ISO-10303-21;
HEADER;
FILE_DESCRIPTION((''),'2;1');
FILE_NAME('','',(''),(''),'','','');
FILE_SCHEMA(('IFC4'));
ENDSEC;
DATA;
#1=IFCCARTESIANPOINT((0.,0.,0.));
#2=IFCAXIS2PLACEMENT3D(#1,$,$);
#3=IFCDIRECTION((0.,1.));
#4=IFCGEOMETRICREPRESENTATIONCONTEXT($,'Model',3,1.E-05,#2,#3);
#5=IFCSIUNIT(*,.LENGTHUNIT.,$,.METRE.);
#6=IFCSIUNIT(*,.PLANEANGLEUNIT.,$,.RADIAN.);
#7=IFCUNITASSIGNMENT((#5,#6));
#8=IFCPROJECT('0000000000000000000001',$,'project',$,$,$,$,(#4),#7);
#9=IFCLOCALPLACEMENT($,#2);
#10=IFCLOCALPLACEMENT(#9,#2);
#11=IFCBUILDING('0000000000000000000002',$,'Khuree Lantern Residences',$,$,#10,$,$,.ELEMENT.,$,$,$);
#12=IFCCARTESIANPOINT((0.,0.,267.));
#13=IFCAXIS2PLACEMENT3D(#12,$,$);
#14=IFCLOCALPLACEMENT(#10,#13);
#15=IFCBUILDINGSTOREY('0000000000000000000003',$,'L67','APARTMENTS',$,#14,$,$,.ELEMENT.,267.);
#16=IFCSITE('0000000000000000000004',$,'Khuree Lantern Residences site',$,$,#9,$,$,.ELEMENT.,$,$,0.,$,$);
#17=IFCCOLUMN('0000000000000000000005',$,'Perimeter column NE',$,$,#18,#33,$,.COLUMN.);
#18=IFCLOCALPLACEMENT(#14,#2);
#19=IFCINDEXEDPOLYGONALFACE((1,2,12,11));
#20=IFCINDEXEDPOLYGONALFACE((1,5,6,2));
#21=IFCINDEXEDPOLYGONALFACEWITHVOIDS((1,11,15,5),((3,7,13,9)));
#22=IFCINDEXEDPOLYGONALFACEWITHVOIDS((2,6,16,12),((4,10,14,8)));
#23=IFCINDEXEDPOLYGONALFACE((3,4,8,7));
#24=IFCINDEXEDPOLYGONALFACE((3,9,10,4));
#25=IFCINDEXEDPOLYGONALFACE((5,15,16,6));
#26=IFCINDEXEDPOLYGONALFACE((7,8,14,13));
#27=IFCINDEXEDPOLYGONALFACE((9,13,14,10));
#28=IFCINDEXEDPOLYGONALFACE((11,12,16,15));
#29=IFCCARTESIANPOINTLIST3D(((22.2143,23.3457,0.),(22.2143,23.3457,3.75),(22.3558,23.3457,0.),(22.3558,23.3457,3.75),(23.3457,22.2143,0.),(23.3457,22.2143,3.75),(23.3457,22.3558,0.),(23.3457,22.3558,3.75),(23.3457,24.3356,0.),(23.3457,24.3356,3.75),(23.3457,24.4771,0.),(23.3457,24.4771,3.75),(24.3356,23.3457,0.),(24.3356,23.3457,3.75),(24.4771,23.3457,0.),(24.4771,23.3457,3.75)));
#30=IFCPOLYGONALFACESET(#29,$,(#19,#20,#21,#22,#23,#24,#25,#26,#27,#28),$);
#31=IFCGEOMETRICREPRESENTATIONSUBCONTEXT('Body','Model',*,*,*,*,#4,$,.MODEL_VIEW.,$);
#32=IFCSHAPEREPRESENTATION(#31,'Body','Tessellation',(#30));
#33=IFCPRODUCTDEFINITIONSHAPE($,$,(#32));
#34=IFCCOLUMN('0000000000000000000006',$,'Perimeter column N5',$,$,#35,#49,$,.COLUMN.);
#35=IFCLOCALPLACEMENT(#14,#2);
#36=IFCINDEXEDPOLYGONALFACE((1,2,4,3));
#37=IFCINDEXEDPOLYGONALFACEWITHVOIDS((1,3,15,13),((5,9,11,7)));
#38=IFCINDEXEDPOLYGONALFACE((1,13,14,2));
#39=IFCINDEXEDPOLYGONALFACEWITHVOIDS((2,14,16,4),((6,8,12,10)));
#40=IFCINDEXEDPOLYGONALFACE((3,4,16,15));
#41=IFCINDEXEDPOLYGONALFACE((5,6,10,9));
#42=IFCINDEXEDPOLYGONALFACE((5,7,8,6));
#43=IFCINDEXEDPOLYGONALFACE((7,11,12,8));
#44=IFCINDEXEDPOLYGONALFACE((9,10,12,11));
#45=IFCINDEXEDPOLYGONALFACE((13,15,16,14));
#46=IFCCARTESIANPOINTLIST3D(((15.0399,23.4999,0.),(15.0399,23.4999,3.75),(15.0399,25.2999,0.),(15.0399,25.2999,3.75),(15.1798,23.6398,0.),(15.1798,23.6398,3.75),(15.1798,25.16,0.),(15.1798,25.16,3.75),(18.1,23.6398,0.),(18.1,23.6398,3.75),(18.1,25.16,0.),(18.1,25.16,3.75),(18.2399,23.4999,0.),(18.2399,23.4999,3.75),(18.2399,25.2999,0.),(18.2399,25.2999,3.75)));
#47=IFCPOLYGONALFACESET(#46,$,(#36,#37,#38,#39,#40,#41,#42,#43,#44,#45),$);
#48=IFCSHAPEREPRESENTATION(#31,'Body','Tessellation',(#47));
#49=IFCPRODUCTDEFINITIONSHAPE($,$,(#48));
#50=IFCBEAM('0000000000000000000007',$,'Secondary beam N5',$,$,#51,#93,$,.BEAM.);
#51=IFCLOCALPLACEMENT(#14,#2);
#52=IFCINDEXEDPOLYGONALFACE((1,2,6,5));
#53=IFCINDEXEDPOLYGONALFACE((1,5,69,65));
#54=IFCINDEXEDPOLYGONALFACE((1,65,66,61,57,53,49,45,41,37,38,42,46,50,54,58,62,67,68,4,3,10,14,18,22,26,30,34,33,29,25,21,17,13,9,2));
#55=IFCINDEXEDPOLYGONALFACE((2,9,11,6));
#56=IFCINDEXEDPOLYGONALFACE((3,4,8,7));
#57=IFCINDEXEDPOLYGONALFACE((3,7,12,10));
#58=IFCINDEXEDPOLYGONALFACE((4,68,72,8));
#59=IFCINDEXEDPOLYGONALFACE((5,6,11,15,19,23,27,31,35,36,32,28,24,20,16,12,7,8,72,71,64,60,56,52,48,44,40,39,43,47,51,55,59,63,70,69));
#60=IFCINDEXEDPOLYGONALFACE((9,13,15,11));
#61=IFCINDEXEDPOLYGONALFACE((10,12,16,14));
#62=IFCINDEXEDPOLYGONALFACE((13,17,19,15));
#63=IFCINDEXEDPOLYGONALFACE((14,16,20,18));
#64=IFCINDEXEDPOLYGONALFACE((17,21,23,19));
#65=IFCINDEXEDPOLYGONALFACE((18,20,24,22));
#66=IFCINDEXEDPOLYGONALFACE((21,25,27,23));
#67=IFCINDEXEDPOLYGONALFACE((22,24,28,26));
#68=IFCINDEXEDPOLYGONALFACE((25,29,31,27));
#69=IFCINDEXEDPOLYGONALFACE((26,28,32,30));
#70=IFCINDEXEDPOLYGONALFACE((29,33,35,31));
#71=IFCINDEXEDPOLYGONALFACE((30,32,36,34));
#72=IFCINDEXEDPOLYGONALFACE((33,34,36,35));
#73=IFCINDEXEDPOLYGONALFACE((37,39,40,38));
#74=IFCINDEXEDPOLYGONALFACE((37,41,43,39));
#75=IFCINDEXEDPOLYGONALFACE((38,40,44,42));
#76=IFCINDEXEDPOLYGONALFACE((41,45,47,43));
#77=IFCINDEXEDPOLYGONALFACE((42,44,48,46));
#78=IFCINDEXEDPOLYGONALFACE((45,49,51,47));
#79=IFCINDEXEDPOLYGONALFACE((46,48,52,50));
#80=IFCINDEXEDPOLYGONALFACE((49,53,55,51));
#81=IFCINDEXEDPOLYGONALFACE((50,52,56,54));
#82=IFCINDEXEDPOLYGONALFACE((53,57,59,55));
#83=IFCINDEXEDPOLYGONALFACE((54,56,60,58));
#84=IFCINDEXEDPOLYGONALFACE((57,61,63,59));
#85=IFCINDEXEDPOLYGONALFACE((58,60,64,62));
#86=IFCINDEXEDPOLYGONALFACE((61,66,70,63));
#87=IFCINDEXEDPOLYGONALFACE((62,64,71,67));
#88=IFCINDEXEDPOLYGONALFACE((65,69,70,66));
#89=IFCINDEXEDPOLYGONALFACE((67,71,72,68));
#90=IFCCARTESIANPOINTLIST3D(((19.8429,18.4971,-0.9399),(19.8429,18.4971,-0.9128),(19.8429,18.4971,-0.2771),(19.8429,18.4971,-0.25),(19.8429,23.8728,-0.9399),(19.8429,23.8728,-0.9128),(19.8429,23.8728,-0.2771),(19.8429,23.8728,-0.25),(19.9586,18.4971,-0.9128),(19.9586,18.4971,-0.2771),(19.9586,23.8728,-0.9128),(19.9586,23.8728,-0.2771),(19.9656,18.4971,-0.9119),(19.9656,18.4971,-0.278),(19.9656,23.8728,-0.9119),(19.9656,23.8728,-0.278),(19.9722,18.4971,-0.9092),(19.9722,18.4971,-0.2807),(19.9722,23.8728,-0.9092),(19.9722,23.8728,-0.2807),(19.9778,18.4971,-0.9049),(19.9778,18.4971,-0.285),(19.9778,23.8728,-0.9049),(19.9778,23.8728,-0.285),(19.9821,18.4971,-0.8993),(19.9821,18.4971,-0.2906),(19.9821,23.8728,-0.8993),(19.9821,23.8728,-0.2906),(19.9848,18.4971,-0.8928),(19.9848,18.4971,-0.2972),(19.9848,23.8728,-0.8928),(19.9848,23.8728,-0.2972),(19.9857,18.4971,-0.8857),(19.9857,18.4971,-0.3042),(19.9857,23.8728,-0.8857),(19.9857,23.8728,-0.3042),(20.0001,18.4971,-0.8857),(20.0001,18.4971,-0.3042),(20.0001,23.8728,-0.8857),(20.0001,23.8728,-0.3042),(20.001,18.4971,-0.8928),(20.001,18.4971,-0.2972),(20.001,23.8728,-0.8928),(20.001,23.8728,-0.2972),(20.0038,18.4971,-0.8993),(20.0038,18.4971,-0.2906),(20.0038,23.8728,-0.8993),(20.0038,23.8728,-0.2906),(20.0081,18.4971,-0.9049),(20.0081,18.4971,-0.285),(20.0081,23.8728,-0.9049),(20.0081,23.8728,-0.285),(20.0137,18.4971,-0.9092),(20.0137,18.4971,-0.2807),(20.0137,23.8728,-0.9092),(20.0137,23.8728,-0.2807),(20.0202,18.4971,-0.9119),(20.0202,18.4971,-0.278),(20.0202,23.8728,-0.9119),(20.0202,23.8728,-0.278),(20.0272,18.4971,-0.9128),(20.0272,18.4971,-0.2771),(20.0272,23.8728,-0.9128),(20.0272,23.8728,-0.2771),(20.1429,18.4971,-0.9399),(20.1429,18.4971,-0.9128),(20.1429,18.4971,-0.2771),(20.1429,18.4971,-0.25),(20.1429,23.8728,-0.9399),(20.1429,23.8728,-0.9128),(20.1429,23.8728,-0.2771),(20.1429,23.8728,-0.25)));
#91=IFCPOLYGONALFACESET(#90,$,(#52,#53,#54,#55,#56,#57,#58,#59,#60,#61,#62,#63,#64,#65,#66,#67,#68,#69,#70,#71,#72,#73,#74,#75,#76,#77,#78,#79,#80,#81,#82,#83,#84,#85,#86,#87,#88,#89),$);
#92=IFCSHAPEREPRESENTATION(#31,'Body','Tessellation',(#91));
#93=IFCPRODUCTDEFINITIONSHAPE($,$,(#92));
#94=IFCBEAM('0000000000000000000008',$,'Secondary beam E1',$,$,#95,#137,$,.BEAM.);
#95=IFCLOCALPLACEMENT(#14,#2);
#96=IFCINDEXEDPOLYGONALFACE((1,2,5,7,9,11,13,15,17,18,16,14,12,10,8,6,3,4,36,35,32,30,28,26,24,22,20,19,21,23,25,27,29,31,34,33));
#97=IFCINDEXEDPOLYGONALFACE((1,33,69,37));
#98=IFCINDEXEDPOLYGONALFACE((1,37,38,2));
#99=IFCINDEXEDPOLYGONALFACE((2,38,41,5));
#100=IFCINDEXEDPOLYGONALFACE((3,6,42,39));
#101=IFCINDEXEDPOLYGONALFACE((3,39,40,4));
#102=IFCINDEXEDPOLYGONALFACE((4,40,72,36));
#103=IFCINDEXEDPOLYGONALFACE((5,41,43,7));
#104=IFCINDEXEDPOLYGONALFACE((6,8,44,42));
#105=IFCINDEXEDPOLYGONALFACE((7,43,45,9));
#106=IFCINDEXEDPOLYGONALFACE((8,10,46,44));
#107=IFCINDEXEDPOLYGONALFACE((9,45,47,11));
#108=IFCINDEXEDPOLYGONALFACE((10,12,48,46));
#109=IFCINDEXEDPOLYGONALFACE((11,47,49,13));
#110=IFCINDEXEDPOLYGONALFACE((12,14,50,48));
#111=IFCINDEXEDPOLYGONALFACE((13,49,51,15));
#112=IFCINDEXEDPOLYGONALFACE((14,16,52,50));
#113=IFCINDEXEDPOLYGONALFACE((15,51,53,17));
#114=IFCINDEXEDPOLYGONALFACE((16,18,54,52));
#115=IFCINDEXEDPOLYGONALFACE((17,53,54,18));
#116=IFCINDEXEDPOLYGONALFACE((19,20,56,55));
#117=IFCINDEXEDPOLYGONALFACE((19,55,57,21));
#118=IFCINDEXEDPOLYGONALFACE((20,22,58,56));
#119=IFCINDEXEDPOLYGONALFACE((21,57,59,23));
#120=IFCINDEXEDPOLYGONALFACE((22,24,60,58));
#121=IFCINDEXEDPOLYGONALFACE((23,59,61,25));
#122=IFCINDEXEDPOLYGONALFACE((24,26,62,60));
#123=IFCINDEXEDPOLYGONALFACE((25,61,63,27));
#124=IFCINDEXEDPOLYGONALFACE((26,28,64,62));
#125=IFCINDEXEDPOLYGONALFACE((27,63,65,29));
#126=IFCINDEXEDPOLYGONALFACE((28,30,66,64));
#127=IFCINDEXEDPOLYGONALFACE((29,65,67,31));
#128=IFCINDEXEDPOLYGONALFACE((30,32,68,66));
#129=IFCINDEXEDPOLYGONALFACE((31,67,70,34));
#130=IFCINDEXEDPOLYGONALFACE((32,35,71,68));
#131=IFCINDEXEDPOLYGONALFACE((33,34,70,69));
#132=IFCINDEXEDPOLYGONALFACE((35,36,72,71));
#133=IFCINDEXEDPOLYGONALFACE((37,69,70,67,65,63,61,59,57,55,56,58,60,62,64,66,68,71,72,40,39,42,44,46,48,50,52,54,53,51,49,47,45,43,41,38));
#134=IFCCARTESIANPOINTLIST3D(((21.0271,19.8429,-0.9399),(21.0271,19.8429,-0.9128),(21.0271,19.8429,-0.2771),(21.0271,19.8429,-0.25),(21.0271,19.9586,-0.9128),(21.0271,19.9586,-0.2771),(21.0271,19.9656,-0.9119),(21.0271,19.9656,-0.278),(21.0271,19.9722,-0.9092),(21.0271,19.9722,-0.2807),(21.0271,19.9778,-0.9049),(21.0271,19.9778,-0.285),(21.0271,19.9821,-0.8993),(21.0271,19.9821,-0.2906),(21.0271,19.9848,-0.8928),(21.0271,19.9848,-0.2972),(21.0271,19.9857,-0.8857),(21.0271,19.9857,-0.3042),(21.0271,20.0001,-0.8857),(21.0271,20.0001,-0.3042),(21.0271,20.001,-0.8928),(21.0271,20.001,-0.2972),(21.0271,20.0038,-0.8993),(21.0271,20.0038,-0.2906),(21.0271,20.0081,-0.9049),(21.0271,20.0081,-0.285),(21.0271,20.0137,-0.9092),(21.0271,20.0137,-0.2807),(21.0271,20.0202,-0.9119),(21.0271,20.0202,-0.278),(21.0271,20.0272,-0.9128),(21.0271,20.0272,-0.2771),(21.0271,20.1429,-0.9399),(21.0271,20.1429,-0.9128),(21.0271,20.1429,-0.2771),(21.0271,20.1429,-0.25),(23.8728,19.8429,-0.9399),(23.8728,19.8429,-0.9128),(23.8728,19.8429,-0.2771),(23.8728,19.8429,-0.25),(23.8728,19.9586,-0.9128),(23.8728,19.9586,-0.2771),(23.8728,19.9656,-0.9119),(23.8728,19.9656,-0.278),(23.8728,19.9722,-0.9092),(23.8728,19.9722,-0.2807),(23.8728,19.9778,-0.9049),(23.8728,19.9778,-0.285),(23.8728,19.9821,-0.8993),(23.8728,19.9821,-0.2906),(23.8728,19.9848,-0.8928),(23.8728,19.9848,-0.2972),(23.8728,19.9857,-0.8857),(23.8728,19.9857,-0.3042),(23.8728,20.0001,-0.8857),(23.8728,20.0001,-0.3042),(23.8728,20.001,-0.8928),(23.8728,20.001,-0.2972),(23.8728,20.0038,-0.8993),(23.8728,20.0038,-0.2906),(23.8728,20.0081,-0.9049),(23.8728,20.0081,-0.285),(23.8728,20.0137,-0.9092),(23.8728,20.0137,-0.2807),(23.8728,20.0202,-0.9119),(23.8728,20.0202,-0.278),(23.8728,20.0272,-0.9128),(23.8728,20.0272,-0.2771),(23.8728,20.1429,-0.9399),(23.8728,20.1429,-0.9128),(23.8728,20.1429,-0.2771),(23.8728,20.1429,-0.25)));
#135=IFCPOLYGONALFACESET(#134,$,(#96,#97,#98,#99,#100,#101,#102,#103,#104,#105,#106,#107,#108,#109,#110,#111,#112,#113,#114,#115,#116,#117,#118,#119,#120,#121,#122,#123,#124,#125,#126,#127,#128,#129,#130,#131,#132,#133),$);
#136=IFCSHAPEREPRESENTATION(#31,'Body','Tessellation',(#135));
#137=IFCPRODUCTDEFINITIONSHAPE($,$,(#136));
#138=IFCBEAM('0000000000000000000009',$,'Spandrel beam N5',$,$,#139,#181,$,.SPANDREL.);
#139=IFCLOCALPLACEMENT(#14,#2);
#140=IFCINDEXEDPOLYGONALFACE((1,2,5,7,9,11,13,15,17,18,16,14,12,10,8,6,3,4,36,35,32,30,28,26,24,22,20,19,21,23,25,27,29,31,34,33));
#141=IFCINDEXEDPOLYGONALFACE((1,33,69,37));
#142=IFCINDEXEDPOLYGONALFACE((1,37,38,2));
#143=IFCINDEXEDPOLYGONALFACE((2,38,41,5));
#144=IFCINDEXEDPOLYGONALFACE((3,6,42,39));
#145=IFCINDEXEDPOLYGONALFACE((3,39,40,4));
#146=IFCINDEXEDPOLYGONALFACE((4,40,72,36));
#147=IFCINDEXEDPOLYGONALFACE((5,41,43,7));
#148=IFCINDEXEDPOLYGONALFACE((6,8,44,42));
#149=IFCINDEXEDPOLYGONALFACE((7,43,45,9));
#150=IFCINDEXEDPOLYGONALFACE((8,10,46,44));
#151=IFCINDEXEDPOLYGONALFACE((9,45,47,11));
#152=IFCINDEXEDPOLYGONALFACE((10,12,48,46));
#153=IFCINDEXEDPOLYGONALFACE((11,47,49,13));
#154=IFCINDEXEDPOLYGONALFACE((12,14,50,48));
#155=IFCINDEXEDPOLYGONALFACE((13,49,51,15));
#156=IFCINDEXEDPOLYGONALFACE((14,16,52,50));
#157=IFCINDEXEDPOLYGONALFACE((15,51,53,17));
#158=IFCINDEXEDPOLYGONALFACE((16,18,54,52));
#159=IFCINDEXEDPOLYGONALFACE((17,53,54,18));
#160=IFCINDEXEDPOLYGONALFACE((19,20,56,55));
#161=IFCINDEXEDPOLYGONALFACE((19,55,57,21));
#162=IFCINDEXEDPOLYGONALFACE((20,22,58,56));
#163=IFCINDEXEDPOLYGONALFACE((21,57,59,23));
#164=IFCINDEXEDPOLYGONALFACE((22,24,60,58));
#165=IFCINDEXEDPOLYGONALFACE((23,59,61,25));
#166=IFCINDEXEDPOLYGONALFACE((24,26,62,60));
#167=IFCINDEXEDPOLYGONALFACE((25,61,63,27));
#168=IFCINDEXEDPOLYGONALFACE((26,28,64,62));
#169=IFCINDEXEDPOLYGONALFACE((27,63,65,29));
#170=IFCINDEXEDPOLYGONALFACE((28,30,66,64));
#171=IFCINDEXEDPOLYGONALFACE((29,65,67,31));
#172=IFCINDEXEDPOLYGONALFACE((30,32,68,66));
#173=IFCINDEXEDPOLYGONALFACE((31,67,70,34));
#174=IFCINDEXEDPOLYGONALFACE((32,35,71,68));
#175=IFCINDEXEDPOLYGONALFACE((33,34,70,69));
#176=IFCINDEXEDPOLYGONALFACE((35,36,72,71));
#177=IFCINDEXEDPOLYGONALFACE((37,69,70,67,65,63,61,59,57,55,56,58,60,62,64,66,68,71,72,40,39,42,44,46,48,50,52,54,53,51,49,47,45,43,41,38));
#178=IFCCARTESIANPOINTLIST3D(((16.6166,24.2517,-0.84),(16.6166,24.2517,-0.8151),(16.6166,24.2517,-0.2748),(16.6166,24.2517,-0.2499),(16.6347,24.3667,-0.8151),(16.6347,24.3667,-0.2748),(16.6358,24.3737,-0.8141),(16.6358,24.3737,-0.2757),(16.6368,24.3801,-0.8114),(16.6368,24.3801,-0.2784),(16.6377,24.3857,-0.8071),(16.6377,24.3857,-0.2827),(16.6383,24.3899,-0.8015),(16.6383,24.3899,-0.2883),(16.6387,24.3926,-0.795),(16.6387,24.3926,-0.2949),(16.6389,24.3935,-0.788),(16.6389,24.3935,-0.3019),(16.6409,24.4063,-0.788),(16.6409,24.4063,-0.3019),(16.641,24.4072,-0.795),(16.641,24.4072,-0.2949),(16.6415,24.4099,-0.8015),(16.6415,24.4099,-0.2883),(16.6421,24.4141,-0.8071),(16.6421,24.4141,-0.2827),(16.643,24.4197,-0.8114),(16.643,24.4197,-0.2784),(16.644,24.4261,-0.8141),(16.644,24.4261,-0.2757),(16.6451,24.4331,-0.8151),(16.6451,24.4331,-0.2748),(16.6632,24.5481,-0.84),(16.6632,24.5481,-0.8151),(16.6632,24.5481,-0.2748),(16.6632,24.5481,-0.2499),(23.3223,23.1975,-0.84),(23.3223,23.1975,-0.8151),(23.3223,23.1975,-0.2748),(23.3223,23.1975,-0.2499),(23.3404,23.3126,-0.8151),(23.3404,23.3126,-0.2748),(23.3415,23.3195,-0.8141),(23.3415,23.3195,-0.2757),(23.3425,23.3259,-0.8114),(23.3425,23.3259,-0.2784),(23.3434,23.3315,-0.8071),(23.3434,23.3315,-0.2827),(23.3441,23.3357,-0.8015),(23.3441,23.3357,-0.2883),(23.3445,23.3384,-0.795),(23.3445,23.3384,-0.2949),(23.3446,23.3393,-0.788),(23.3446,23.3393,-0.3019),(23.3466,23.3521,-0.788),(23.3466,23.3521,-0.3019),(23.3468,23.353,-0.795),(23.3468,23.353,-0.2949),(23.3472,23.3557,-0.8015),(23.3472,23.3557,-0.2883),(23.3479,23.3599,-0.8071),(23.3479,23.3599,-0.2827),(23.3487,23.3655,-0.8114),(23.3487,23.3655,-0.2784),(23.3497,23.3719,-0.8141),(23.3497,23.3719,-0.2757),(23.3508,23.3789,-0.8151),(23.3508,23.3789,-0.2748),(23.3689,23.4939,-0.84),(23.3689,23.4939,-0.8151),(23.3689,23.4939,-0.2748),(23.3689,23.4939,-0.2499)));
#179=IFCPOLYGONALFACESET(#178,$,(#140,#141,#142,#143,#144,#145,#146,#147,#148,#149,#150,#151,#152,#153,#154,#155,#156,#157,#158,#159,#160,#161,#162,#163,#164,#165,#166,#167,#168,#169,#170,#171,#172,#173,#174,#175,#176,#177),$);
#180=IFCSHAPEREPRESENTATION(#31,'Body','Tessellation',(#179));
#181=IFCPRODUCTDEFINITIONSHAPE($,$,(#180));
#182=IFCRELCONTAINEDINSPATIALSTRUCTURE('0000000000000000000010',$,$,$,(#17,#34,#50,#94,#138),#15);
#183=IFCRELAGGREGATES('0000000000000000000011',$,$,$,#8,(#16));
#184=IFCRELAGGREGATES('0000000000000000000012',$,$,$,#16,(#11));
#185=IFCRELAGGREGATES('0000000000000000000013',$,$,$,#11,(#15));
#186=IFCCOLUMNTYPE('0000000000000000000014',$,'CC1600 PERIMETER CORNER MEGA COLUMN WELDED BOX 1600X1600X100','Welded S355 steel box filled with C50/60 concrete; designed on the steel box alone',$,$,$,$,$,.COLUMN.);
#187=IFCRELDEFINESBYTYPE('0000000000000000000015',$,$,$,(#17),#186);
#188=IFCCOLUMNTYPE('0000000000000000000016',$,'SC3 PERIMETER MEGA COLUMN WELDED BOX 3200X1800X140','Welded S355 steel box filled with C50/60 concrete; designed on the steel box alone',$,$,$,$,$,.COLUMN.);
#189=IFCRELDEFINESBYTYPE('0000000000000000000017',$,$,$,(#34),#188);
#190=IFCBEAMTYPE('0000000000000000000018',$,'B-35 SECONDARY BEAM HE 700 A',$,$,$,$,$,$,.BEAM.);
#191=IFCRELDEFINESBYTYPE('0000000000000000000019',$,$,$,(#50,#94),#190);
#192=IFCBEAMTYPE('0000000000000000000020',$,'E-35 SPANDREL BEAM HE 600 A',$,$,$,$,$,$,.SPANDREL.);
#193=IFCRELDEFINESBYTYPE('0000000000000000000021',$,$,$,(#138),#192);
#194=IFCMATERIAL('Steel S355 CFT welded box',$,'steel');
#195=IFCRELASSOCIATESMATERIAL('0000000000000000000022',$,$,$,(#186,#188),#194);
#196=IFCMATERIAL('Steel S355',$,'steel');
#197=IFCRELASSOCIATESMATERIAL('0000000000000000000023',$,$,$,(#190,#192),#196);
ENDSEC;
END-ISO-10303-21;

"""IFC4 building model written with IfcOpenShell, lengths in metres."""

from ifc_helpers import new_model, si_unit, direction, frame, origin, origin_2d, place, context, subcontext, project, spatial, hollow_rectangle, i_section, extrude, material, material_profile, profile_set, type_object, element, save


model = new_model("IFC4")

# Units and contexts
model_context = context("Model", 3, precision=1e-05, world=origin(), true_north=direction((0.0, 1.0)))
body_context = subcontext(model_context, "Body", "Model", "MODEL_VIEW")
ifc_project = project(units=[si_unit("LENGTHUNIT", "METRE"), si_unit("PLANEANGLEUNIT", "RADIAN")], contexts=[model_context])

# Site, building, storey
site_placement = place(None, origin())
site = spatial("IfcSite", under=ifc_project, at=site_placement, Name="Khuree Lantern Residences site", CompositionType="ELEMENT", RefElevation=0.0)
building_placement = place(site_placement, origin())
building = spatial("IfcBuilding", under=site, at=building_placement, Name="Khuree Lantern Residences", CompositionType="ELEMENT")
storey_placement = place(building_placement, frame((0.0, 0.0, 267.0)))
storey = spatial("IfcBuildingStorey", under=building, at=storey_placement, Name="L67", Description="APARTMENTS", CompositionType="ELEMENT", Elevation=267.0)

# Columns
ifc_material_1 = material(Name="Steel S355 CFT welded box", Category="steel")
ifc_material_profile_1 = material_profile(ifc_material_1, hollow_rectangle(XDim=1.6001, YDim=1.6001, WallThickness=0.1001, at=origin_2d()), Name="WELDED BOX 1600X1600X100")
ifc_profile_set_1 = profile_set([ifc_material_profile_1], Name="Steel S355 CFT welded box")
column_type_1 = type_object("IfcColumnType", Name="CC1600 PERIMETER CORNER MEGA COLUMN WELDED BOX 1600X1600X100", Description="Welded S355 steel box filled with C50/60 concrete; designed on the steel box alone", PredefinedType="COLUMN", material=ifc_profile_set_1)
column_1_placement = place(storey_placement, frame((23.3457, 23.3457, 0.0), z_axis=(0.0, 0.0, 1.0), x_axis=(0.707107, -0.707107, 0.0)))
element("IfcColumn", 1, at=column_1_placement, inside=storey, type_object=column_type_1, Name="Perimeter column NE", PredefinedType="COLUMN", context=body_context, shape_type="SweptSolid", body=[
    extrude(hollow_rectangle(XDim=1.6001, YDim=1.6001, WallThickness=0.1001, at=origin_2d()), origin(), (0.0, 0.0, 1.0), 3.75),
])
ifc_material_profile_2 = material_profile(ifc_material_1, hollow_rectangle(XDim=3.2, YDim=1.8, WallThickness=0.1399, at=origin_2d()), Name="WELDED BOX 3200X1800X140")
ifc_profile_set_2 = profile_set([ifc_material_profile_2], Name="Steel S355 CFT welded box")
column_type_2 = type_object("IfcColumnType", Name="SC3 PERIMETER MEGA COLUMN WELDED BOX 3200X1800X140", Description="Welded S355 steel box filled with C50/60 concrete; designed on the steel box alone", PredefinedType="COLUMN", material=ifc_profile_set_2)
column_2_placement = place(storey_placement, frame((16.6399, 24.3999, 0.0), z_axis=(0.0, 0.0, 1.0), x_axis=(1.0, 0.0, 0.0)))
element("IfcColumn", 2, at=column_2_placement, inside=storey, type_object=column_type_2, Name="Perimeter column N5", PredefinedType="COLUMN", context=body_context, shape_type="SweptSolid", body=[
    extrude(hollow_rectangle(XDim=3.2, YDim=1.8, WallThickness=0.1399, at=origin_2d()), origin(), (0.0, 0.0, 1.0), 3.75),
])

# Beams
ifc_material_2 = material(Name="Steel S355", Category="steel")
ifc_material_profile_3 = material_profile(ifc_material_2, i_section(OverallWidth=0.3, OverallDepth=0.6899, WebThickness=0.0144, FlangeThickness=0.0271, FilletRadius=0.0271, at=origin_2d()), Name="HE 700 A")
ifc_profile_set_3 = profile_set([ifc_material_profile_3], Name="Steel S355")
beam_type_1 = type_object("IfcBeamType", Name="B-35 SECONDARY BEAM HE 700 A", PredefinedType="BEAM", material=ifc_profile_set_3)
beam_1_placement = place(storey_placement, frame((19.9929, 23.8728, -0.595), z_axis=(0.0, -1.0, 0.0), x_axis=(1.0, 0.0, 0.0)))
element("IfcBeam", 3, at=beam_1_placement, inside=storey, type_object=beam_type_1, Name="Secondary beam N5", PredefinedType="BEAM", context=body_context, shape_type="SweptSolid", body=[
    extrude(i_section(OverallWidth=0.3, OverallDepth=0.6899, WebThickness=0.0144, FlangeThickness=0.0271, FilletRadius=0.0271, at=origin_2d()), origin(), (0.0, 0.0, 1.0), 5.3757),
])
beam_2_placement = place(storey_placement, frame((23.8728, 19.9929, -0.595), z_axis=(-1.0, 0.0, 0.0), x_axis=(0.0, -1.0, 0.0)))
element("IfcBeam", 4, at=beam_2_placement, inside=storey, type_object=beam_type_1, Name="Secondary beam E1", PredefinedType="BEAM", context=body_context, shape_type="SweptSolid", body=[
    extrude(i_section(OverallWidth=0.3, OverallDepth=0.6899, WebThickness=0.0144, FlangeThickness=0.0271, FilletRadius=0.0271, at=origin_2d()), origin(), (0.0, 0.0, 1.0), 2.8457),
])
ifc_material_profile_4 = material_profile(ifc_material_2, i_section(OverallWidth=0.3, OverallDepth=0.5901, WebThickness=0.0129, FlangeThickness=0.0249, FilletRadius=0.0271, at=origin_2d()), Name="HE 600 A")
ifc_profile_set_4 = profile_set([ifc_material_profile_4], Name="Steel S355")
beam_type_2 = type_object("IfcBeamType", Name="E-35 SPANDREL BEAM HE 600 A", PredefinedType="SPANDREL", material=ifc_profile_set_4)
for number, where, z_axis, x_axis, name in (
    (5, (16.6399, 24.3999, -0.5449), (0.987867, -0.1553, 0.0), (0.1553, 0.987867, 0.0), "Spandrel beam N5"),
):
    element("IfcBeam", number, at=place(storey_placement, frame(where, z_axis=z_axis, x_axis=x_axis)), inside=storey, type_object=beam_type_2, Name=name, PredefinedType="SPANDREL", context=body_context, shape_type="SweptSolid", body=[
        extrude(i_section(OverallWidth=0.3, OverallDepth=0.5901, WebThickness=0.0129, FlangeThickness=0.0249, FilletRadius=0.0271, at=origin_2d()), origin(), (0.0, 0.0, 1.0), 6.7881),
    ])

save(model, "model.ifc")
